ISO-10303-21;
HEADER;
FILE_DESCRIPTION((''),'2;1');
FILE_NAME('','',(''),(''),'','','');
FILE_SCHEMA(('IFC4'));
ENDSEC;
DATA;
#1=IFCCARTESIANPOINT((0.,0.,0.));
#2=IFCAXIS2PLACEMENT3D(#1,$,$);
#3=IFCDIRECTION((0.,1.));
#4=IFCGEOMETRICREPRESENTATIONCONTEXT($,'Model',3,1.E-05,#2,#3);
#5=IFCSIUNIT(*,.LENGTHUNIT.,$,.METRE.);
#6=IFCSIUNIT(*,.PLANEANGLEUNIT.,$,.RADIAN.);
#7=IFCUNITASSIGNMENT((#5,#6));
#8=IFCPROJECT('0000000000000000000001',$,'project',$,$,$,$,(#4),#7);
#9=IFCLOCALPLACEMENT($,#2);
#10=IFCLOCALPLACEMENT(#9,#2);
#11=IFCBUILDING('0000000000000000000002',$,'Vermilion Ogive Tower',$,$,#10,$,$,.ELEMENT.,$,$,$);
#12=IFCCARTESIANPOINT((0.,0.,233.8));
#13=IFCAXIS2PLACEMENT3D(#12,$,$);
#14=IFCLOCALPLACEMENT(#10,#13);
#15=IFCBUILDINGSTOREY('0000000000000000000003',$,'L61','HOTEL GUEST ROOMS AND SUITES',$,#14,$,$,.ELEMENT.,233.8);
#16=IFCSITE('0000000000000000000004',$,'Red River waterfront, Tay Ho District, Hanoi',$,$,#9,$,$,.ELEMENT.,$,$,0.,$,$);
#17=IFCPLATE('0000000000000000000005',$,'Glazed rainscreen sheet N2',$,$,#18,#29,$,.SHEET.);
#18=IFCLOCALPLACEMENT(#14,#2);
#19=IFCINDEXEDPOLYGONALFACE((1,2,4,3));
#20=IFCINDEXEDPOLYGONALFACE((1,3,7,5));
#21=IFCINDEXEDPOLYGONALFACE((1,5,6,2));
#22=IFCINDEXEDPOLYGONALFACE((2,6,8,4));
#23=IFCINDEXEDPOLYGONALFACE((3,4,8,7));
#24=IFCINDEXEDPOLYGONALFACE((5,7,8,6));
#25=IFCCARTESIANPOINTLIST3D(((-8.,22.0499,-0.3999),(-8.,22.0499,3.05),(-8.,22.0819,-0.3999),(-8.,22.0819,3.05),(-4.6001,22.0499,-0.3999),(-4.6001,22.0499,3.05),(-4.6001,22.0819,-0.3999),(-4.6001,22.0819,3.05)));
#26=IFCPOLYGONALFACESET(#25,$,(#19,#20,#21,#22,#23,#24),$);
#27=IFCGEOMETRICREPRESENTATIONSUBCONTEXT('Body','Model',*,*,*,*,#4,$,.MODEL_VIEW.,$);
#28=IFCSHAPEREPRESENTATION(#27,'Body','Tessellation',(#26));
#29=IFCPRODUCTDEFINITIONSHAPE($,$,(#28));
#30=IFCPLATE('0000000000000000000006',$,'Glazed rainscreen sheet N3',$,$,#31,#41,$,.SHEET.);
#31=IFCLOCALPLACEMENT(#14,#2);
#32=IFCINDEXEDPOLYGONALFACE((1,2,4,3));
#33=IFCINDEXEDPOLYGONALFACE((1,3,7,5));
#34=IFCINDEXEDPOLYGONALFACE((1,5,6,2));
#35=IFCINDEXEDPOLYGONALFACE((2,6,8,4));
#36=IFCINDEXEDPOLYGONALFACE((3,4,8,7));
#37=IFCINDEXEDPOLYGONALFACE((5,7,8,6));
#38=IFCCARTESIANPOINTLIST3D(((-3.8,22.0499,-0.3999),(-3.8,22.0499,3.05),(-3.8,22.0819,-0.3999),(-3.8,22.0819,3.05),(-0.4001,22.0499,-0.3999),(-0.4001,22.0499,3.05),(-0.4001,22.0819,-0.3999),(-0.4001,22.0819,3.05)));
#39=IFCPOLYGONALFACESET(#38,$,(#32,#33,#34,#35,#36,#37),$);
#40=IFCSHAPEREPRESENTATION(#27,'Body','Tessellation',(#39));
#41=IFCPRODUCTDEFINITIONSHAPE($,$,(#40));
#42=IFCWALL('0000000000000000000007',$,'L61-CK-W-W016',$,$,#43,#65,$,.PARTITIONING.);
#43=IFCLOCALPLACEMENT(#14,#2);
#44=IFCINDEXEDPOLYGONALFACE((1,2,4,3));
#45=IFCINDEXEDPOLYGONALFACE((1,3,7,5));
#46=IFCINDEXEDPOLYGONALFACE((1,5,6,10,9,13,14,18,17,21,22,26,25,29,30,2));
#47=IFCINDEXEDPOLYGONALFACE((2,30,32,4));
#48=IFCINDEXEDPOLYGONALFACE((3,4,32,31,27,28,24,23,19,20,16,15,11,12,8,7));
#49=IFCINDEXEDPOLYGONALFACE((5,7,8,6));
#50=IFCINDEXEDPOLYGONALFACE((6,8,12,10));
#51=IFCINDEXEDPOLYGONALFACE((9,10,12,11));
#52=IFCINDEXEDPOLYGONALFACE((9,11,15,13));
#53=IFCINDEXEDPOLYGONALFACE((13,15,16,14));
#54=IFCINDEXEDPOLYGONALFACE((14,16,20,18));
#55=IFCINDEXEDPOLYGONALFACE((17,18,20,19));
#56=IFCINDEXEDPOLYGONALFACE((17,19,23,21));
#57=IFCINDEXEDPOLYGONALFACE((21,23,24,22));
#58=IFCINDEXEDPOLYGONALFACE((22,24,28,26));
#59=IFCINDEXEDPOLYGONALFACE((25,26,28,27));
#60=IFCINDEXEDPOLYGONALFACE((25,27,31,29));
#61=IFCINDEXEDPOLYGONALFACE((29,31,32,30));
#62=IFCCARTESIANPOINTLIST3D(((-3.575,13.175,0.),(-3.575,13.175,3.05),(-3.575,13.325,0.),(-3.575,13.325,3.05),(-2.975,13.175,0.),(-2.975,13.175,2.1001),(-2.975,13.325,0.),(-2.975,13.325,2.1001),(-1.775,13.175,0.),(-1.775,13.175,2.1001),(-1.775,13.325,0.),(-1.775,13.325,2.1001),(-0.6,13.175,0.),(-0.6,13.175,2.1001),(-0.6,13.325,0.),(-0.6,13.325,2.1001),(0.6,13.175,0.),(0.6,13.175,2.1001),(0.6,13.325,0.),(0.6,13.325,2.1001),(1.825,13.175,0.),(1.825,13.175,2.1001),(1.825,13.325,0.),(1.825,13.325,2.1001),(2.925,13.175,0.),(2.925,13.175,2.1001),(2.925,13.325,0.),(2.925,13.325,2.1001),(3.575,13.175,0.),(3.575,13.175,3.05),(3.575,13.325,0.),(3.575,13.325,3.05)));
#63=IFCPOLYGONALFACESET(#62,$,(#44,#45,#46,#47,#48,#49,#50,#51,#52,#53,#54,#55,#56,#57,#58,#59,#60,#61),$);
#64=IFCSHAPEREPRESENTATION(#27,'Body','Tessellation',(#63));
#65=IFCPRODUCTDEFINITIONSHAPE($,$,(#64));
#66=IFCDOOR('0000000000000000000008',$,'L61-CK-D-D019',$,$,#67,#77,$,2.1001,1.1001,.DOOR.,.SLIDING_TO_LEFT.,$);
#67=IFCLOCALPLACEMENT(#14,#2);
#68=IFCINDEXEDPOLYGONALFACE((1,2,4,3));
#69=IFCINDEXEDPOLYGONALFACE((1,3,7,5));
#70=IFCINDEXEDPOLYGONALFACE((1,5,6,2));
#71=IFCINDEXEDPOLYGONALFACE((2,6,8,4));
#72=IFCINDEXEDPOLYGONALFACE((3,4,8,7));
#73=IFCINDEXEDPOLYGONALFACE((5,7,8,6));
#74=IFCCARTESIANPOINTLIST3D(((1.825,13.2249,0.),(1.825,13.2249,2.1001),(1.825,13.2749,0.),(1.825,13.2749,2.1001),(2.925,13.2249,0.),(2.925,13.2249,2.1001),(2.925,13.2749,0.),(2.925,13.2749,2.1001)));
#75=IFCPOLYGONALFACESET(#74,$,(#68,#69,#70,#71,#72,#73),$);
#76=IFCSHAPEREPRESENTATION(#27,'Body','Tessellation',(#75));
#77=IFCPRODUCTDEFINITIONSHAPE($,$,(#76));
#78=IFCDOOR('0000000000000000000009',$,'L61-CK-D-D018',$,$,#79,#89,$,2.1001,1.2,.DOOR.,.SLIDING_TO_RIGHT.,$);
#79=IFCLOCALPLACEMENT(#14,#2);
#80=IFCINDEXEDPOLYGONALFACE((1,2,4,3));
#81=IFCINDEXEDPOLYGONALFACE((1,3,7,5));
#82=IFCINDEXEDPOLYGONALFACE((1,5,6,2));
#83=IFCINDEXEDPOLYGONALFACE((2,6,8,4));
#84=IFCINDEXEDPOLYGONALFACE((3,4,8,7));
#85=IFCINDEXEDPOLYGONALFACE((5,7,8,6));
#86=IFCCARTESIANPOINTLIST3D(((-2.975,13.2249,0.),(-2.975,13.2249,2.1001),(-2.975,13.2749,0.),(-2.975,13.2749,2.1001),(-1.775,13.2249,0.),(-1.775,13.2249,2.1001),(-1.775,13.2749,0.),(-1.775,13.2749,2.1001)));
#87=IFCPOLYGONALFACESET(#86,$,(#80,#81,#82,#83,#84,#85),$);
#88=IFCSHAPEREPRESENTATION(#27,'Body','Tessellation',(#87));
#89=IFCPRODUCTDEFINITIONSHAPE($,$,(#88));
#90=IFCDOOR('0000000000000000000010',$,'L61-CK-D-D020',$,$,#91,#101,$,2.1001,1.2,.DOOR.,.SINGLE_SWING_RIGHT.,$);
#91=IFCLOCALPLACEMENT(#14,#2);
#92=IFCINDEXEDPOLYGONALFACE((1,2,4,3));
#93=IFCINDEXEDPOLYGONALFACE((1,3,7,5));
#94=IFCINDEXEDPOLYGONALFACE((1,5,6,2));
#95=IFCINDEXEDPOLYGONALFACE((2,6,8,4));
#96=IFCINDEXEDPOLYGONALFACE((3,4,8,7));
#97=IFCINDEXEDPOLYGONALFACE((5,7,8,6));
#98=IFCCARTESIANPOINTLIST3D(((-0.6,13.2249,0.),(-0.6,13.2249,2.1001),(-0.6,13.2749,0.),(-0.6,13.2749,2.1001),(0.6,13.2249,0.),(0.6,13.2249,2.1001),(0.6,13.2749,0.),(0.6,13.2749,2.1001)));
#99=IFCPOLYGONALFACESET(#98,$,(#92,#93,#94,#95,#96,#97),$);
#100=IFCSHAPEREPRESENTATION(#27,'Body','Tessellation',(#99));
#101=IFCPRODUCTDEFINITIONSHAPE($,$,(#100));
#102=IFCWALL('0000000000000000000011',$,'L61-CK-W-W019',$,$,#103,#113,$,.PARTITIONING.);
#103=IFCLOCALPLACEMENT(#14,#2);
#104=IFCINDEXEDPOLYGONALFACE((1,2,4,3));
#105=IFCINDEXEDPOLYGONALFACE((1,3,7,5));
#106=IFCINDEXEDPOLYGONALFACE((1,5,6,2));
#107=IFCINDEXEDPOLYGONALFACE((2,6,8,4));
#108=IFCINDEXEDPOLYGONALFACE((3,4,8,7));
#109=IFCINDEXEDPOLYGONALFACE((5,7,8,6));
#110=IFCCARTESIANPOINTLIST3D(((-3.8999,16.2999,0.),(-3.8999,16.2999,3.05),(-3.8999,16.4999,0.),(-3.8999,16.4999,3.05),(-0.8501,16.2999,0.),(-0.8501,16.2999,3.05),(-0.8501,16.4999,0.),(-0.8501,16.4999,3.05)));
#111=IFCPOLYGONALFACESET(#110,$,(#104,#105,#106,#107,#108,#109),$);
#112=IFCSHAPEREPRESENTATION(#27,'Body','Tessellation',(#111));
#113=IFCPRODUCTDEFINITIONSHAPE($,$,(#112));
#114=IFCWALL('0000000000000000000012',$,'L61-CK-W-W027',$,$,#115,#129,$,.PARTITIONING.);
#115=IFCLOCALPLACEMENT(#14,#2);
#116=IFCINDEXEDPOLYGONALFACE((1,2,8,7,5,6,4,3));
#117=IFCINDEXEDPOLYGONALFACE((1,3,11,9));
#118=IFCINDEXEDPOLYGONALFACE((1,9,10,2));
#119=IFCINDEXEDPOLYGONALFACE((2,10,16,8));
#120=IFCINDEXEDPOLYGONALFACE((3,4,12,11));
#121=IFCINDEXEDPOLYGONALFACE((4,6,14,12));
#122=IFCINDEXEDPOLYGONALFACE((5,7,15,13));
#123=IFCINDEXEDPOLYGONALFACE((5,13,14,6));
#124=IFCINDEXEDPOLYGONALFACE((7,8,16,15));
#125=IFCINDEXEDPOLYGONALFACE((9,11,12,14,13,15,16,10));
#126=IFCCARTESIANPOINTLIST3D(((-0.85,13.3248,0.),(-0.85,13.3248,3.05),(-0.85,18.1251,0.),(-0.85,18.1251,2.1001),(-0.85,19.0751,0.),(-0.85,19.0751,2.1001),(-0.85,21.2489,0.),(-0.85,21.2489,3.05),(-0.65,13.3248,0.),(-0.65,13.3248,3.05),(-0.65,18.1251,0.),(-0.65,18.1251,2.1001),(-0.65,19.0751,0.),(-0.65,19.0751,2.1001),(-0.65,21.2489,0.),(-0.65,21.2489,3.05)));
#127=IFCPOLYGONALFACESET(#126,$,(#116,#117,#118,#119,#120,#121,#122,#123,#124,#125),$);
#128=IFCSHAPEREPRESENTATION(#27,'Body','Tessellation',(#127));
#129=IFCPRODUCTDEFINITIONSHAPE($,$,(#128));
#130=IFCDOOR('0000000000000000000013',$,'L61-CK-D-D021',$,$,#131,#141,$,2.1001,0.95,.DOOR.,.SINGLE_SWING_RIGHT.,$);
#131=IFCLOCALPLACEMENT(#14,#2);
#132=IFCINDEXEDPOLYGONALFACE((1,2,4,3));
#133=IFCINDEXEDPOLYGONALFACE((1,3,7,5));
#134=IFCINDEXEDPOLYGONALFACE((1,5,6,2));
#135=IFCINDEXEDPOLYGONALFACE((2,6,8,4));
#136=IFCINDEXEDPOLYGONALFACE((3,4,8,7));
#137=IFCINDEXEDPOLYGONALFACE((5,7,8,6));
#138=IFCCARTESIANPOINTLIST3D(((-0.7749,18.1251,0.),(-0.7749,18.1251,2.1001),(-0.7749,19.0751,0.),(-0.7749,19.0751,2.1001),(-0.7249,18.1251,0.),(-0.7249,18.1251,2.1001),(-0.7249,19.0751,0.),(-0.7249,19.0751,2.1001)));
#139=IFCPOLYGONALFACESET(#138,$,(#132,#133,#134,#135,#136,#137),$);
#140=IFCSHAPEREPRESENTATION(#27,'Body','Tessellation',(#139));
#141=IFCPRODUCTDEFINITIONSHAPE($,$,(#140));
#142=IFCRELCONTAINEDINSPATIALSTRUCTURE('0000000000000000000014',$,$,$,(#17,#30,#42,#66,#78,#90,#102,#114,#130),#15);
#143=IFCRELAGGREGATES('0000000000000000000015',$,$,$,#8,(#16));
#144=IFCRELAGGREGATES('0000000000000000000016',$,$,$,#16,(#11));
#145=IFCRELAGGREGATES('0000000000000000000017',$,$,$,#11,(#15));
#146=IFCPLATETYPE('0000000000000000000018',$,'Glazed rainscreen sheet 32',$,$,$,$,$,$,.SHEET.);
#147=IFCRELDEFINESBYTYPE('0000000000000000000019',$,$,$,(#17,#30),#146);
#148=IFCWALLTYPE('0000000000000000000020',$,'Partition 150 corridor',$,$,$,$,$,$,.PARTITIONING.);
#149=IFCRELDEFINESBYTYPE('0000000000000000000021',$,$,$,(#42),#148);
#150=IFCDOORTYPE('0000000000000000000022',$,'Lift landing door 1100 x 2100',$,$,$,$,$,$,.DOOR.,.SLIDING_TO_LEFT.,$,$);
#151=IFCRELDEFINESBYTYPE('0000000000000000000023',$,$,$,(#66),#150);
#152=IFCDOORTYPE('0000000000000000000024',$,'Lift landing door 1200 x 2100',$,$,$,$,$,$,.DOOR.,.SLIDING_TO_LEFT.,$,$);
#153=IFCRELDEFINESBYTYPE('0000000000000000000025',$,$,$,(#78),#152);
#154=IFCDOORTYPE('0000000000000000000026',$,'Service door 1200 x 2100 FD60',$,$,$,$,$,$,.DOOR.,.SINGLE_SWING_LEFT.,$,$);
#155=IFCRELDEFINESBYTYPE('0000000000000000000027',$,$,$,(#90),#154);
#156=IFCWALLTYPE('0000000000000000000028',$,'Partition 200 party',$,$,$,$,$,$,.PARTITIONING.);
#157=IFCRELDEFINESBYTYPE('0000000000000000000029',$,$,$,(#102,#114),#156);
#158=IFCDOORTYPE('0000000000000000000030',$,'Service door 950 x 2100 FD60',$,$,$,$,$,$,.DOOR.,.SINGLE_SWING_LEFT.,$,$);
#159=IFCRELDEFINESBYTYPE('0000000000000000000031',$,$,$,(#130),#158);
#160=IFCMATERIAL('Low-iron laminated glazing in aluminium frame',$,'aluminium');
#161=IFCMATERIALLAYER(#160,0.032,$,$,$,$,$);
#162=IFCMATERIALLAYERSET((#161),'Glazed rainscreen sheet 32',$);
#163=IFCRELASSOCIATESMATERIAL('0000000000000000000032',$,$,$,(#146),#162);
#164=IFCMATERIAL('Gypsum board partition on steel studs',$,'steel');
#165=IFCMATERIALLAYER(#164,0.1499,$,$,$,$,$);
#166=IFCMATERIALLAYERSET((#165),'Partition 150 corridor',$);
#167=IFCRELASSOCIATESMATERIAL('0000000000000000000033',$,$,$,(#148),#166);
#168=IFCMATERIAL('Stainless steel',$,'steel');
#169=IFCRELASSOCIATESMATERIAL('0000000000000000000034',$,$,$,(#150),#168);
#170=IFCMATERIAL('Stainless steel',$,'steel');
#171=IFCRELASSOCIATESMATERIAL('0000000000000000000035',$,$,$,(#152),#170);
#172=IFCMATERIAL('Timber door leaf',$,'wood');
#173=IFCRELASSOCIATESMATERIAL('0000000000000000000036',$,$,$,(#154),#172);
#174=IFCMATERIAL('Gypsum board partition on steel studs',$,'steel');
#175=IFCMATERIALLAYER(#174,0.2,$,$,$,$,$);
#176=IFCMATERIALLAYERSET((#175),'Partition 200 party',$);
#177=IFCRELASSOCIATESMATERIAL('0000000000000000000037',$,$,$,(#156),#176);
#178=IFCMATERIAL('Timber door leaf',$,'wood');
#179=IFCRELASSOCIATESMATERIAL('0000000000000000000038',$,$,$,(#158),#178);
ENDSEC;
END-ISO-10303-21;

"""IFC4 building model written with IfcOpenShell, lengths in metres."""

from ifc_helpers import new_model, si_unit, direction, frame, frame_2d, origin, origin_2d, place, context, subcontext, project, spatial, rectangle, extrude, material, layer, layer_set, type_object, element, fill, save


model = new_model("IFC4")

# Units and contexts
model_context = context("Model", 3, precision=1e-05, world=origin(), true_north=direction((0.0, 1.0)))
body_context = subcontext(model_context, "Body", "Model", "MODEL_VIEW")
ifc_project = project(units=[si_unit("LENGTHUNIT", "METRE"), si_unit("PLANEANGLEUNIT", "RADIAN")], contexts=[model_context])

# Site, building, storey
site_placement = place(None, origin())
site = spatial("IfcSite", under=ifc_project, at=site_placement, Name="Red River waterfront, Tay Ho District, Hanoi", CompositionType="ELEMENT", RefElevation=0.0)
building_placement = place(site_placement, origin())
building = spatial("IfcBuilding", under=site, at=building_placement, Name="Vermilion Ogive Tower", CompositionType="ELEMENT")
storey_placement = place(building_placement, frame((0.0, 0.0, 233.8)))
storey = spatial("IfcBuildingStorey", under=building, at=storey_placement, Name="L61", Description="HOTEL GUEST ROOMS AND SUITES", CompositionType="ELEMENT", Elevation=233.8)

# Plates
ifc_material_1 = material(Name="Low-iron laminated glazing in aluminium frame", Category="aluminium")
ifc_layer_1 = layer(ifc_material_1, 0.032)
ifc_layer_set_1 = layer_set([ifc_layer_1], Name="Glazed rainscreen sheet 32")
plate_type = type_object("IfcPlateType", Name="Glazed rainscreen sheet 32", PredefinedType="SHEET", material=ifc_layer_set_1)
for number, where, z_axis, x_axis, name in (
    (1, (-6.3, 22.0659, -0.3999), (0.0, 0.0, 1.0), (1.0, 0.0, 0.0), "Glazed rainscreen sheet N2"),
    (2, (-2.1001, 22.0659, -0.3999), (0.0, 0.0, 1.0), (1.0, 0.0, 0.0), "Glazed rainscreen sheet N3"),
):
    element("IfcPlate", number, at=place(storey_placement, frame(where, z_axis=z_axis, x_axis=x_axis)), inside=storey, type_object=plate_type, Name=name, PredefinedType="SHEET", context=body_context, shape_type="SweptSolid", body=[
        extrude(rectangle(XDim=3.3999, YDim=0.032, at=origin_2d()), origin(), (0.0, 0.0, 1.0), 3.45),
    ])

# Wall, openings, doors
ifc_material_2 = material(Name="Gypsum board partition on steel studs", Category="steel")
ifc_layer_2 = layer(ifc_material_2, 0.1499)
ifc_layer_set_2 = layer_set([ifc_layer_2], Name="Partition 150 corridor")
wall_type_1 = type_object("IfcWallType", Name="Partition 150 corridor", PredefinedType="PARTITIONING", material=ifc_layer_set_2)
wall_1_placement = place(storey_placement, frame((-3.575, 13.25, 0.0), z_axis=(0.0, 0.0, 1.0), x_axis=(1.0, 0.0, 0.0)))
wall_1 = element("IfcWall", 3, at=wall_1_placement, inside=storey, type_object=wall_type_1, Name="L61-CK-W-W016", PredefinedType="PARTITIONING", context=body_context, shape_type="SweptSolid", body=[
    extrude(rectangle(XDim=7.1499, YDim=0.1499, at=frame_2d((3.575, 0.0))), origin(), (0.0, 0.0, 1.0), 3.05),
])
opening_1_placement = place(wall_1_placement, frame((0.5999, 0.0, 0.0)))
opening_1 = element("IfcOpeningElement", 4, at=opening_1_placement, cuts=wall_1, PredefinedType="OPENING", context=body_context, shape_type="SweptSolid", body=[
    extrude(rectangle(XDim=1.2, YDim=2.1001, at=frame_2d((0.6001, 1.05))), frame((0.0, 0.085, 0.0), z_axis=(0.0, -1.0, 0.0), x_axis=(1.0, 0.0, 0.0)), (0.0, 0.0, 1.0), 0.1699),
])
opening_2_placement = place(wall_1_placement, frame((5.3999, 0.0, 0.0)))
opening_2 = element("IfcOpeningElement", 5, at=opening_2_placement, cuts=wall_1, PredefinedType="OPENING", context=body_context, shape_type="SweptSolid", body=[
    extrude(rectangle(XDim=1.1001, YDim=2.1001, at=frame_2d((0.55, 1.05))), frame((0.0, 0.085, 0.0), z_axis=(0.0, -1.0, 0.0), x_axis=(1.0, 0.0, 0.0)), (0.0, 0.0, 1.0), 0.1699),
])
opening_3_placement = place(wall_1_placement, frame((2.9749, 0.0, 0.0)))
opening_3 = element("IfcOpeningElement", 6, at=opening_3_placement, cuts=wall_1, PredefinedType="OPENING", context=body_context, shape_type="SweptSolid", body=[
    extrude(rectangle(XDim=1.2, YDim=2.1001, at=frame_2d((0.6001, 1.05))), frame((0.0, 0.085, 0.0), z_axis=(0.0, -1.0, 0.0), x_axis=(1.0, 0.0, 0.0)), (0.0, 0.0, 1.0), 0.1699),
])
ifc_material_3 = material(Name="Stainless steel", Category="steel")
door_type_1 = type_object("IfcDoorType", Name="Lift landing door 1100 x 2100", OperationType="SLIDING_TO_LEFT", PredefinedType="DOOR", material=ifc_material_3)
door_1_placement = place(opening_2_placement, origin())
door_1 = element("IfcDoor", 7, at=door_1_placement, inside=storey, type_object=door_type_1, Name="L61-CK-D-D019", OperationType="SLIDING_TO_LEFT", OverallHeight=2.1001, OverallWidth=1.1001, PredefinedType="DOOR", context=body_context, shape_type="SweptSolid", body=[
    extrude(rectangle(XDim=1.1001, YDim=2.1001, at=frame_2d((0.55, 1.05))), frame((0.0, 0.0249, 0.0), z_axis=(0.0, -1.0, 0.0), x_axis=(1.0, 0.0, 0.0)), (0.0, 0.0, 1.0), 0.05),
])
fill(opening_2, door_1)
ifc_material_4 = material(Name="Stainless steel", Category="steel")
door_type_2 = type_object("IfcDoorType", Name="Lift landing door 1200 x 2100", OperationType="SLIDING_TO_LEFT", PredefinedType="DOOR", material=ifc_material_4)
door_2_placement = place(opening_1_placement, origin())
door_2 = element("IfcDoor", 8, at=door_2_placement, inside=storey, type_object=door_type_2, Name="L61-CK-D-D018", OperationType="SLIDING_TO_RIGHT", OverallHeight=2.1001, OverallWidth=1.2, PredefinedType="DOOR", context=body_context, shape_type="SweptSolid", body=[
    extrude(rectangle(XDim=1.2, YDim=2.1001, at=frame_2d((0.6001, 1.05))), frame((0.0, 0.0249, 0.0), z_axis=(0.0, -1.0, 0.0), x_axis=(1.0, 0.0, 0.0)), (0.0, 0.0, 1.0), 0.05),
])
fill(opening_1, door_2)
ifc_material_5 = material(Name="Timber door leaf", Category="wood")
door_type_3 = type_object("IfcDoorType", Name="Service door 1200 x 2100 FD60", OperationType="SINGLE_SWING_LEFT", PredefinedType="DOOR", material=ifc_material_5)
door_3_placement = place(opening_3_placement, origin())
door_3 = element("IfcDoor", 9, at=door_3_placement, inside=storey, type_object=door_type_3, Name="L61-CK-D-D020", OperationType="SINGLE_SWING_RIGHT", OverallHeight=2.1001, OverallWidth=1.2, PredefinedType="DOOR", context=body_context, shape_type="SweptSolid", body=[
    extrude(rectangle(XDim=1.2, YDim=2.1001, at=frame_2d((0.6001, 1.05))), frame((0.0, 0.0249, 0.0), z_axis=(0.0, -1.0, 0.0), x_axis=(1.0, 0.0, 0.0)), (0.0, 0.0, 1.0), 0.05),
])
fill(opening_3, door_3)

# Wall
ifc_material_6 = material(Name="Gypsum board partition on steel studs", Category="steel")
ifc_layer_3 = layer(ifc_material_6, 0.2)
ifc_layer_set_3 = layer_set([ifc_layer_3], Name="Partition 200 party")
wall_type_2 = type_object("IfcWallType", Name="Partition 200 party", PredefinedType="PARTITIONING", material=ifc_layer_set_3)
wall_2_placement = place(storey_placement, frame((-3.8999, 16.3999, 0.0), z_axis=(0.0, 0.0, 1.0), x_axis=(1.0, 0.0, 0.0)))
element("IfcWall", 10, at=wall_2_placement, inside=storey, type_object=wall_type_2, Name="L61-CK-W-W019", PredefinedType="PARTITIONING", context=body_context, shape_type="SweptSolid", body=[
    extrude(rectangle(XDim=3.0498, YDim=0.2, at=frame_2d((1.5249, 0.0))), origin(), (0.0, 0.0, 1.0), 3.05),
])

# Wall, opening, door
wall_3_placement = place(storey_placement, frame((-0.75, 13.325, 0.0), z_axis=(0.0, 0.0, 1.0), x_axis=(0.0, 1.0, 0.0)))
wall_3 = element("IfcWall", 11, at=wall_3_placement, inside=storey, type_object=wall_type_2, Name="L61-CK-W-W027", PredefinedType="PARTITIONING", context=body_context, shape_type="SweptSolid", body=[
    extrude(rectangle(XDim=7.9241, YDim=0.2, at=frame_2d((3.9619, 0.0))), origin(), (0.0, 0.0, 1.0), 3.05),
])
opening_4_placement = place(wall_3_placement, frame((4.8, 0.0, 0.0)))
opening_4 = element("IfcOpeningElement", 12, at=opening_4_placement, cuts=wall_3, PredefinedType="OPENING", context=body_context, shape_type="SweptSolid", body=[
    extrude(rectangle(XDim=0.95, YDim=2.1001, at=frame_2d((0.4751, 1.05))), frame((0.0, 0.1099, 0.0), z_axis=(0.0, -1.0, 0.0), x_axis=(1.0, 0.0, 0.0)), (0.0, 0.0, 1.0), 0.22),
])
ifc_material_7 = material(Name="Timber door leaf", Category="wood")
door_type_4 = type_object("IfcDoorType", Name="Service door 950 x 2100 FD60", OperationType="SINGLE_SWING_LEFT", PredefinedType="DOOR", material=ifc_material_7)
door_4_placement = place(opening_4_placement, origin())
door_4 = element("IfcDoor", 13, at=door_4_placement, inside=storey, type_object=door_type_4, Name="L61-CK-D-D021", OperationType="SINGLE_SWING_RIGHT", OverallHeight=2.1001, OverallWidth=0.95, PredefinedType="DOOR", context=body_context, shape_type="SweptSolid", body=[
    extrude(rectangle(XDim=0.95, YDim=2.1001, at=frame_2d((0.4751, 1.05))), frame((0.0, 0.0249, 0.0), z_axis=(0.0, -1.0, 0.0), x_axis=(1.0, 0.0, 0.0)), (0.0, 0.0, 1.0), 0.05),
])
fill(opening_4, door_4)

save(model, "model.ifc")
